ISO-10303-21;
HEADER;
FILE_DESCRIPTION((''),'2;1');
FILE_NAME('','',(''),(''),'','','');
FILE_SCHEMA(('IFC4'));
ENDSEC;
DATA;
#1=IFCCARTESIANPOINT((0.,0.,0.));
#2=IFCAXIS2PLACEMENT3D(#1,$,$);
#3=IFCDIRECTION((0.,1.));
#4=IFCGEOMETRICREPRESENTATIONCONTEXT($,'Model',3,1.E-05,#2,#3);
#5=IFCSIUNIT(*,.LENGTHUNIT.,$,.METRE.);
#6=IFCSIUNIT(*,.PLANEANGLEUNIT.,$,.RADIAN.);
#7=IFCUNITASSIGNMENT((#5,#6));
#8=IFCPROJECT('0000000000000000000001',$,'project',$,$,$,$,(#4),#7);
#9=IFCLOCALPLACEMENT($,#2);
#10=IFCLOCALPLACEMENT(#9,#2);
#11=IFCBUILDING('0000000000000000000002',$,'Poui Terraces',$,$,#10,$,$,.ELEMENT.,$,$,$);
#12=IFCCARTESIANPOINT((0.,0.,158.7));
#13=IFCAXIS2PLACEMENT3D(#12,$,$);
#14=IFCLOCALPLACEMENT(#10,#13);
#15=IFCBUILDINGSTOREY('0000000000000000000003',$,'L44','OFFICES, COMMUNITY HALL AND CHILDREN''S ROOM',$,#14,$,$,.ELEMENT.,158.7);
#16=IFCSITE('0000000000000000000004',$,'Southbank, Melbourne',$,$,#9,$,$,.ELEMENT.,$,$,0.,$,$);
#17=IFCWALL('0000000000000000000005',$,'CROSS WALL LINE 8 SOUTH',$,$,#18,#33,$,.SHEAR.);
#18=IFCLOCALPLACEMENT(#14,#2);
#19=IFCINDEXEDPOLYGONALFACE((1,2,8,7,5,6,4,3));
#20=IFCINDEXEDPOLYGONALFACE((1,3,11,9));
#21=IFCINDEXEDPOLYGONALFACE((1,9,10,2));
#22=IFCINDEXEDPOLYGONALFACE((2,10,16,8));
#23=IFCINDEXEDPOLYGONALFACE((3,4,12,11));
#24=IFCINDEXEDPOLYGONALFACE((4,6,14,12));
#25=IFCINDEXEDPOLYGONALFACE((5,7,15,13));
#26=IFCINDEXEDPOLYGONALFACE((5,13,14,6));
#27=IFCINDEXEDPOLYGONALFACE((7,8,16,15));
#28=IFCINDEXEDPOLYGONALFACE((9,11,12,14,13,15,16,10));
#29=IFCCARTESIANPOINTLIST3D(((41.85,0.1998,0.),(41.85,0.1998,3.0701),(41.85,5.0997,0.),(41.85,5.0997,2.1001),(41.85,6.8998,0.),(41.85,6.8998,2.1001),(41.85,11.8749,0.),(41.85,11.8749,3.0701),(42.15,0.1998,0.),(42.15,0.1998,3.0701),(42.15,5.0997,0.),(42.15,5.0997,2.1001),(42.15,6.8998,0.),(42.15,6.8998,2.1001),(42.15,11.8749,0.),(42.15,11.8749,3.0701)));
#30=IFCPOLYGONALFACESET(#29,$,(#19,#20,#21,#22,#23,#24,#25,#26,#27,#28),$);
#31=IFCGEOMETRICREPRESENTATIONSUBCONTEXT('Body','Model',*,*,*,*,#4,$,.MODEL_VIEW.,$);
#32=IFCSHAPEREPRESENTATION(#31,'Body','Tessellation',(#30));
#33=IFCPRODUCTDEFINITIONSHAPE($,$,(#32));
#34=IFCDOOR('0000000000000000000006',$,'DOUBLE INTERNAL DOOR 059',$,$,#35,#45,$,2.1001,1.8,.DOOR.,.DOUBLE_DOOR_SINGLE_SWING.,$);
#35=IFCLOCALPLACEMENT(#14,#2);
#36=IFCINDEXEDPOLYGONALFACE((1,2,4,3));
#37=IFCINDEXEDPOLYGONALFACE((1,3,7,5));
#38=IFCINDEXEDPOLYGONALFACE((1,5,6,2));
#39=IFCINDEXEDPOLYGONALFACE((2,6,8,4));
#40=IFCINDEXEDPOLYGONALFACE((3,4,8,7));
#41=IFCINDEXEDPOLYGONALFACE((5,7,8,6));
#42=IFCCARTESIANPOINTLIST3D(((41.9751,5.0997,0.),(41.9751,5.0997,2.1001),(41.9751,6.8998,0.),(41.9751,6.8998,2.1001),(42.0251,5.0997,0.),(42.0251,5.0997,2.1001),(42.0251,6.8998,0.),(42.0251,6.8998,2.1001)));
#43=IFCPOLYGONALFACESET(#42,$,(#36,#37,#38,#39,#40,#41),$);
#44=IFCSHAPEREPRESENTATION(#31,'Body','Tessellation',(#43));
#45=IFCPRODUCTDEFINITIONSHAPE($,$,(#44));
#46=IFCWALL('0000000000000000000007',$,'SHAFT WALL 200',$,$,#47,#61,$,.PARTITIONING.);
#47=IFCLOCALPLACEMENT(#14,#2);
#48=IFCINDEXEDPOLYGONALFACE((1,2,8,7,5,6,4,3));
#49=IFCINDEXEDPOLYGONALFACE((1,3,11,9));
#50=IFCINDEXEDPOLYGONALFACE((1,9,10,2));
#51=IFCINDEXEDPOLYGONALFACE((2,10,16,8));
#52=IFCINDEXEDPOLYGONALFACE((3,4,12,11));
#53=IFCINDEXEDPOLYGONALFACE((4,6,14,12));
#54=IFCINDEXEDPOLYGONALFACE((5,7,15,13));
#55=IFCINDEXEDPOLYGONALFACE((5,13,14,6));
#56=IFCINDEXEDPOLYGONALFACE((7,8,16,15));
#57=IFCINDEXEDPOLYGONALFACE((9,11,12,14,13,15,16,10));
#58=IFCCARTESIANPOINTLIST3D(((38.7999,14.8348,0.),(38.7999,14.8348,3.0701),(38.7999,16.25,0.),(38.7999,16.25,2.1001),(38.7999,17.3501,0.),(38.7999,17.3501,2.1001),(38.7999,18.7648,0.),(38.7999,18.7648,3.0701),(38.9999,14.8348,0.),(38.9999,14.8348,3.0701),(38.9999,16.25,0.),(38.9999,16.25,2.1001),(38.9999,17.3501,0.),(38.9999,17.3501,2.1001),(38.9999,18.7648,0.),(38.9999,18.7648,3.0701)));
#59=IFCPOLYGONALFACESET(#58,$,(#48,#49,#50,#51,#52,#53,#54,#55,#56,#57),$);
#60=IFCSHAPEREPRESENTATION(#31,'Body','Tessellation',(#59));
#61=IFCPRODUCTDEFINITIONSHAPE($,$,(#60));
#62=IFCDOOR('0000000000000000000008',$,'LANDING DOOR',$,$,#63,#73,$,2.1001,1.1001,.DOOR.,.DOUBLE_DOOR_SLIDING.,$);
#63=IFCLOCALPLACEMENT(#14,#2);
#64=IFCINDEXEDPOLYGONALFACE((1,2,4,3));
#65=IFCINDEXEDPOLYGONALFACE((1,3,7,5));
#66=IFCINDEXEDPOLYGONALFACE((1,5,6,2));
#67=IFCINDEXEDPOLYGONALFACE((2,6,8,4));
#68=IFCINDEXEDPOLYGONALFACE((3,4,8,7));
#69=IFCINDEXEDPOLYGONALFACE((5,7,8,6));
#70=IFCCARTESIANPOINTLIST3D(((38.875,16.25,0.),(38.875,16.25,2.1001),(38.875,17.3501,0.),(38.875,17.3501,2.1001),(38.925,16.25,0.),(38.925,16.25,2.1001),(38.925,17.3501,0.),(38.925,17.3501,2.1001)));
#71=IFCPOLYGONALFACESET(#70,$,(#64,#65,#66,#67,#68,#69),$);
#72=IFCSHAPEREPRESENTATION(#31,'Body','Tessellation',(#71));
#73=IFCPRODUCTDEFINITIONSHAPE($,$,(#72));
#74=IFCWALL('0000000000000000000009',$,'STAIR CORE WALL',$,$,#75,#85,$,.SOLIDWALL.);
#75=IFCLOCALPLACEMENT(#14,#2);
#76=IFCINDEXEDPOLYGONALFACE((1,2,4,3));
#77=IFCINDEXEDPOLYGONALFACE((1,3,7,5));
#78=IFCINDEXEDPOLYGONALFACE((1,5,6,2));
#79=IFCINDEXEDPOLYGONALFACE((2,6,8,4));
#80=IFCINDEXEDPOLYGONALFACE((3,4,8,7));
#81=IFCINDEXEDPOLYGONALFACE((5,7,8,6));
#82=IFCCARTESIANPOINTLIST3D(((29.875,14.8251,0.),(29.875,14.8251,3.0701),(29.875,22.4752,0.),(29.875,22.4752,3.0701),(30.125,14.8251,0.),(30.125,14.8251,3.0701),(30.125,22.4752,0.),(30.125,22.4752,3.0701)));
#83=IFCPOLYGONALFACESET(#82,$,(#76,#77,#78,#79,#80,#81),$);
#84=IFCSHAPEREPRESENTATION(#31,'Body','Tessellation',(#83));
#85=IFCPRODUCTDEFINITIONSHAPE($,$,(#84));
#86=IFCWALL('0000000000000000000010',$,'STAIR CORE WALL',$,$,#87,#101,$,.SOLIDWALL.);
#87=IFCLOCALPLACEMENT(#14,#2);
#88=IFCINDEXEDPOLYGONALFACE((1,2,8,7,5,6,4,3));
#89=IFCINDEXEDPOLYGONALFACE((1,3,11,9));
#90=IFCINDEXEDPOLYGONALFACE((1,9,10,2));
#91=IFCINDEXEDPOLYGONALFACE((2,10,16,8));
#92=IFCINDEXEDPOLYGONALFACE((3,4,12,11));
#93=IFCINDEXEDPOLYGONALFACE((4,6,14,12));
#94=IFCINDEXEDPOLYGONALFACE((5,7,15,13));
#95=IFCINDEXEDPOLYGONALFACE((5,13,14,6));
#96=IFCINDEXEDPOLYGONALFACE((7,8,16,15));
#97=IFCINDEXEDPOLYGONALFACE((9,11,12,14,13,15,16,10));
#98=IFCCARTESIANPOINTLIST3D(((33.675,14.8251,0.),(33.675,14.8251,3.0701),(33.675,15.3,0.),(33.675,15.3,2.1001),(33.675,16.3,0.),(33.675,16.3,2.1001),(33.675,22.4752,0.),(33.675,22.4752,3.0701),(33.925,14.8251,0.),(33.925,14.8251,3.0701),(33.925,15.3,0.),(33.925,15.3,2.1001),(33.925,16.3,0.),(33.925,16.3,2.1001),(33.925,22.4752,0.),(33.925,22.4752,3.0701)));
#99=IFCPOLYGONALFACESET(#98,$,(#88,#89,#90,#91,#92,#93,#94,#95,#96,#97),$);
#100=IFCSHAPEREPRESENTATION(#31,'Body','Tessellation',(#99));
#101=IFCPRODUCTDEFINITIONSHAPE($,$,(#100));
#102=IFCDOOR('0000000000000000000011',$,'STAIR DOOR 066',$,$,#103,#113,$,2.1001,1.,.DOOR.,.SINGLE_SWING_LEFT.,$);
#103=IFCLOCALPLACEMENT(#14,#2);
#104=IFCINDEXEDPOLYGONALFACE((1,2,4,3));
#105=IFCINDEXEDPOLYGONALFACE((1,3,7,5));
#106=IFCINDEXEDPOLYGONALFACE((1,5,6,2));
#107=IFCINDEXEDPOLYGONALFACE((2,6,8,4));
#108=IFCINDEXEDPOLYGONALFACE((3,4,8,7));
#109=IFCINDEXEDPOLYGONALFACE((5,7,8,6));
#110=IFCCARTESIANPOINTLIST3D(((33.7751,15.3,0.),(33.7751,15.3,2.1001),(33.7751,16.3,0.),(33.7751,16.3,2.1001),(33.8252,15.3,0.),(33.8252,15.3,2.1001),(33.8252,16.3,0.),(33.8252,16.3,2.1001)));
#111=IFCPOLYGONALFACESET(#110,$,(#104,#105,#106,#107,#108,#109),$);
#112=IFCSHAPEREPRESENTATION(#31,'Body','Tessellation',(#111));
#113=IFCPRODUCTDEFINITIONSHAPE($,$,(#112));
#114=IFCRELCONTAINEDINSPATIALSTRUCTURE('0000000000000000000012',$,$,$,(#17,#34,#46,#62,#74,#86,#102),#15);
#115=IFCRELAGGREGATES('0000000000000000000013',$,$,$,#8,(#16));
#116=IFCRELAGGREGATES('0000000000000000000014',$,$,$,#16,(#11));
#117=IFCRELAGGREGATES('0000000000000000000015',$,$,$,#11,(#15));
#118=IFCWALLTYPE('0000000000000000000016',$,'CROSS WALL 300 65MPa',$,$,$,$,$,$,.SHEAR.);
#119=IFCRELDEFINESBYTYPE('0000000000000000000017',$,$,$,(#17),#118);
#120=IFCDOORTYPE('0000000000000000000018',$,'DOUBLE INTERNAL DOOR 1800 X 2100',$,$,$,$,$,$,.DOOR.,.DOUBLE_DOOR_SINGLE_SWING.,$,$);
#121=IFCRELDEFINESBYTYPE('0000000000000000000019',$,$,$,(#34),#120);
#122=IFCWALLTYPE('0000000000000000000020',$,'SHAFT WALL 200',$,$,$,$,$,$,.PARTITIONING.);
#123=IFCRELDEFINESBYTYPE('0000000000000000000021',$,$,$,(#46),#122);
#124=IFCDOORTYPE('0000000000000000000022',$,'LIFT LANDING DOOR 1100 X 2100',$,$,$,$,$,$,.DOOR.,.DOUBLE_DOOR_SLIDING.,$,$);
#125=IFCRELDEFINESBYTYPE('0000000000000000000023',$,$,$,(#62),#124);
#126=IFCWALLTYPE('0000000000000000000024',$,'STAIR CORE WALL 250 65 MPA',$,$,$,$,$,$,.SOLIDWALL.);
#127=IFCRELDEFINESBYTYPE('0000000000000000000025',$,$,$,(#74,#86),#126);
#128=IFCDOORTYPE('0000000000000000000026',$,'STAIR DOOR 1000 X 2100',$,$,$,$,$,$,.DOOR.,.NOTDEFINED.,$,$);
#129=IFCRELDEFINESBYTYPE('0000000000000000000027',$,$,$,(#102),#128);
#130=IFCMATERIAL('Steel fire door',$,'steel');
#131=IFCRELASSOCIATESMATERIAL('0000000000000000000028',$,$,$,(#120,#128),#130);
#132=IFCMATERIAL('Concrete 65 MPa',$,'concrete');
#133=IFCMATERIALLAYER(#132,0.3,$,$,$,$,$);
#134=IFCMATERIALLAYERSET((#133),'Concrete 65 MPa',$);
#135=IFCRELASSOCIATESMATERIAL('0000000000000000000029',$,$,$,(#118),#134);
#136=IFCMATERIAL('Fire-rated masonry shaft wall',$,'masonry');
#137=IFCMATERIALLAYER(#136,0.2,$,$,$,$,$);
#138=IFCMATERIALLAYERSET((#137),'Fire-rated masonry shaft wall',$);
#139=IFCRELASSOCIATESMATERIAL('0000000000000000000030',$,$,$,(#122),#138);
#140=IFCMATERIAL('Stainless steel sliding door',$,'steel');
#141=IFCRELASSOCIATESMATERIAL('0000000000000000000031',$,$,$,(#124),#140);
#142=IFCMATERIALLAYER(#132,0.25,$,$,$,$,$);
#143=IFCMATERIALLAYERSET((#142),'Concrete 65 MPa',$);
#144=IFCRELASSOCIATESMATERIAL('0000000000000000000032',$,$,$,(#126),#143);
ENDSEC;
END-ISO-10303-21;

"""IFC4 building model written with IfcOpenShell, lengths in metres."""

from ifc_helpers import new_model, si_unit, direction, frame, frame_2d, origin, place, context, subcontext, project, spatial, rectangle, extrude, material, layer, layer_set, type_object, element, fill, save


model = new_model("IFC4")

# Units and contexts
model_context = context("Model", 3, precision=1e-05, world=origin(), true_north=direction((0.0, 1.0)))
body_context = subcontext(model_context, "Body", "Model", "MODEL_VIEW")
ifc_project = project(units=[si_unit("LENGTHUNIT", "METRE"), si_unit("PLANEANGLEUNIT", "RADIAN")], contexts=[model_context])

# Site, building, storey
site_placement = place(None, origin())
site = spatial("IfcSite", under=ifc_project, at=site_placement, Name="Southbank, Melbourne", CompositionType="ELEMENT", RefElevation=0.0)
building_placement = place(site_placement, origin())
building = spatial("IfcBuilding", under=site, at=building_placement, Name="Poui Terraces", CompositionType="ELEMENT")
storey_placement = place(building_placement, frame((0.0, 0.0, 158.7)))
storey = spatial("IfcBuildingStorey", under=building, at=storey_placement, Name="L44", Description="OFFICES, COMMUNITY HALL AND CHILDREN'S ROOM", CompositionType="ELEMENT", Elevation=158.7)

# Shared definitions
ifc_material_1 = material(Name="Concrete 65 MPa", Category="concrete")

# Shared definitions
ifc_material_2 = material(Name="Steel fire door", Category="steel")
door_type_1 = type_object("IfcDoorType", Name="DOUBLE INTERNAL DOOR 1800 X 2100", OperationType="DOUBLE_DOOR_SINGLE_SWING", PredefinedType="DOOR", material=ifc_material_2)

# Shared definitions
ifc_layer_1 = layer(ifc_material_1, 0.3)
ifc_layer_set_1 = layer_set([ifc_layer_1], Name="Concrete 65 MPa")
wall_type_1 = type_object("IfcWallType", Name="CROSS WALL 300 65MPa", PredefinedType="SHEAR", material=ifc_layer_set_1)

# Walls, openings, doors
wall_1_placement = place(storey_placement, frame((42.0, 0.2, 0.0), z_axis=(0.0, 0.0, 1.0), x_axis=(0.0, 1.0, 0.0)))
wall_1 = element("IfcWall", 1, at=wall_1_placement, inside=storey, type_object=wall_type_1, Name="CROSS WALL LINE 8 SOUTH", PredefinedType="SHEAR", context=body_context, shape_type="SweptSolid", body=[
    extrude(rectangle(XDim=11.675, YDim=0.3, at=frame_2d((5.8374, 0.0))), origin(), (0.0, 0.0, 1.0), 3.0701),
])
opening_1_placement = place(wall_1_placement, frame((4.8999, 0.0, 0.0)))
opening_1 = element("IfcOpeningElement", 2, at=opening_1_placement, cuts=wall_1, PredefinedType="OPENING", context=body_context, shape_type="SweptSolid", body=[
    extrude(rectangle(XDim=1.8, YDim=2.1001, at=frame_2d((0.8999, 1.05))), frame((0.0, 0.1602, 0.0), z_axis=(0.0, -1.0, 0.0), x_axis=(1.0, 0.0, 0.0)), (0.0, 0.0, 1.0), 0.3201),
])
door_1_placement = place(opening_1_placement, origin())
door_1 = element("IfcDoor", 3, at=door_1_placement, inside=storey, type_object=door_type_1, Name="DOUBLE INTERNAL DOOR 059", OperationType="DOUBLE_DOOR_SINGLE_SWING", OverallHeight=2.1001, OverallWidth=1.8, PredefinedType="DOOR", context=body_context, shape_type="SweptSolid", body=[
    extrude(rectangle(XDim=1.8, YDim=2.1001, at=frame_2d((0.8999, 1.05))), frame((0.0, 0.0249, 0.0), z_axis=(0.0, -1.0, 0.0), x_axis=(1.0, 0.0, 0.0)), (0.0, 0.0, 1.0), 0.05),
])
fill(opening_1, door_1)
ifc_material_3 = material(Name="Fire-rated masonry shaft wall", Category="masonry")
ifc_layer_2 = layer(ifc_material_3, 0.2)
ifc_layer_set_2 = layer_set([ifc_layer_2], Name="Fire-rated masonry shaft wall")
wall_type_2 = type_object("IfcWallType", Name="SHAFT WALL 200", PredefinedType="PARTITIONING", material=ifc_layer_set_2)
wall_2_placement = place(storey_placement, frame((38.8999, 14.835, 0.0), z_axis=(0.0, 0.0, 1.0), x_axis=(0.0, 1.0, 0.0)))
wall_2 = element("IfcWall", 4, at=wall_2_placement, inside=storey, type_object=wall_type_2, Name="SHAFT WALL 200", PredefinedType="PARTITIONING", context=body_context, shape_type="SweptSolid", body=[
    extrude(rectangle(XDim=3.9299, YDim=0.2, at=frame_2d((1.9648, 0.0))), origin(), (0.0, 0.0, 1.0), 3.0701),
])
opening_2_placement = place(wall_2_placement, frame((1.415, 0.0, 0.0)))
opening_2 = element("IfcOpeningElement", 5, at=opening_2_placement, cuts=wall_2, PredefinedType="OPENING", context=body_context, shape_type="SweptSolid", body=[
    extrude(rectangle(XDim=1.1001, YDim=2.1001, at=frame_2d((0.55, 1.05))), frame((0.0, 0.1099, 0.0), z_axis=(0.0, -1.0, 0.0), x_axis=(1.0, 0.0, 0.0)), (0.0, 0.0, 1.0), 0.22),
])
ifc_material_4 = material(Name="Stainless steel sliding door", Category="steel")
door_type_2 = type_object("IfcDoorType", Name="LIFT LANDING DOOR 1100 X 2100", OperationType="DOUBLE_DOOR_SLIDING", PredefinedType="DOOR", material=ifc_material_4)
door_2_placement = place(opening_2_placement, origin())
door_2 = element("IfcDoor", 6, at=door_2_placement, inside=storey, type_object=door_type_2, Name="LANDING DOOR", OperationType="DOUBLE_DOOR_SLIDING", OverallHeight=2.1001, OverallWidth=1.1001, PredefinedType="DOOR", context=body_context, shape_type="SweptSolid", body=[
    extrude(rectangle(XDim=1.1001, YDim=2.1001, at=frame_2d((0.55, 1.05))), frame((0.0, 0.0249, 0.0), z_axis=(0.0, -1.0, 0.0), x_axis=(1.0, 0.0, 0.0)), (0.0, 0.0, 1.0), 0.05),
])
fill(opening_2, door_2)

# Wall
ifc_layer_3 = layer(ifc_material_1, 0.25)
ifc_layer_set_3 = layer_set([ifc_layer_3], Name="Concrete 65 MPa")
wall_type_3 = type_object("IfcWallType", Name="STAIR CORE WALL 250 65 MPA", PredefinedType="SOLIDWALL", material=ifc_layer_set_3)
wall_3_placement = place(storey_placement, frame((30.0, 14.825, 0.0), z_axis=(0.0, 0.0, 1.0), x_axis=(0.0, 1.0, 0.0)))
element("IfcWall", 7, at=wall_3_placement, inside=storey, type_object=wall_type_3, Name="STAIR CORE WALL", PredefinedType="SOLIDWALL", context=body_context, shape_type="SweptSolid", body=[
    extrude(rectangle(XDim=7.6501, YDim=0.25, at=frame_2d((3.8252, 0.0))), origin(), (0.0, 0.0, 1.0), 3.0701),
])

# Wall, opening, door
wall_4_placement = place(storey_placement, frame((33.8, 14.825, 0.0), z_axis=(0.0, 0.0, 1.0), x_axis=(0.0, 1.0, 0.0)))
wall_4 = element("IfcWall", 8, at=wall_4_placement, inside=storey, type_object=wall_type_3, Name="STAIR CORE WALL", PredefinedType="SOLIDWALL", context=body_context, shape_type="SweptSolid", body=[
    extrude(rectangle(XDim=7.6501, YDim=0.25, at=frame_2d((3.8252, 0.0))), origin(), (0.0, 0.0, 1.0), 3.0701),
])
opening_3_placement = place(wall_4_placement, frame((0.4751, 0.0, 0.0)))
opening_3 = element("IfcOpeningElement", 9, at=opening_3_placement, cuts=wall_4, PredefinedType="OPENING", context=body_context, shape_type="SweptSolid", body=[
    extrude(rectangle(XDim=1.0, YDim=2.1001, at=frame_2d((0.5, 1.05))), frame((0.0, 0.135, 0.0), z_axis=(0.0, -1.0, 0.0), x_axis=(1.0, 0.0, 0.0)), (0.0, 0.0, 1.0), 0.27),
])
door_type_3 = type_object("IfcDoorType", Name="STAIR DOOR 1000 X 2100", OperationType="NOTDEFINED", PredefinedType="DOOR", material=ifc_material_2)
door_3_placement = place(opening_3_placement, origin())
door_3 = element("IfcDoor", 10, at=door_3_placement, inside=storey, type_object=door_type_3, Name="STAIR DOOR 066", OperationType="SINGLE_SWING_LEFT", OverallHeight=2.1001, OverallWidth=1.0, PredefinedType="DOOR", context=body_context, shape_type="SweptSolid", body=[
    extrude(rectangle(XDim=1.0, YDim=2.1001, at=frame_2d((0.5, 1.05))), frame((0.0, 0.0249, 0.0), z_axis=(0.0, -1.0, 0.0), x_axis=(1.0, 0.0, 0.0)), (0.0, 0.0, 1.0), 0.05),
])
fill(opening_3, door_3)

save(model, "model.ifc")
